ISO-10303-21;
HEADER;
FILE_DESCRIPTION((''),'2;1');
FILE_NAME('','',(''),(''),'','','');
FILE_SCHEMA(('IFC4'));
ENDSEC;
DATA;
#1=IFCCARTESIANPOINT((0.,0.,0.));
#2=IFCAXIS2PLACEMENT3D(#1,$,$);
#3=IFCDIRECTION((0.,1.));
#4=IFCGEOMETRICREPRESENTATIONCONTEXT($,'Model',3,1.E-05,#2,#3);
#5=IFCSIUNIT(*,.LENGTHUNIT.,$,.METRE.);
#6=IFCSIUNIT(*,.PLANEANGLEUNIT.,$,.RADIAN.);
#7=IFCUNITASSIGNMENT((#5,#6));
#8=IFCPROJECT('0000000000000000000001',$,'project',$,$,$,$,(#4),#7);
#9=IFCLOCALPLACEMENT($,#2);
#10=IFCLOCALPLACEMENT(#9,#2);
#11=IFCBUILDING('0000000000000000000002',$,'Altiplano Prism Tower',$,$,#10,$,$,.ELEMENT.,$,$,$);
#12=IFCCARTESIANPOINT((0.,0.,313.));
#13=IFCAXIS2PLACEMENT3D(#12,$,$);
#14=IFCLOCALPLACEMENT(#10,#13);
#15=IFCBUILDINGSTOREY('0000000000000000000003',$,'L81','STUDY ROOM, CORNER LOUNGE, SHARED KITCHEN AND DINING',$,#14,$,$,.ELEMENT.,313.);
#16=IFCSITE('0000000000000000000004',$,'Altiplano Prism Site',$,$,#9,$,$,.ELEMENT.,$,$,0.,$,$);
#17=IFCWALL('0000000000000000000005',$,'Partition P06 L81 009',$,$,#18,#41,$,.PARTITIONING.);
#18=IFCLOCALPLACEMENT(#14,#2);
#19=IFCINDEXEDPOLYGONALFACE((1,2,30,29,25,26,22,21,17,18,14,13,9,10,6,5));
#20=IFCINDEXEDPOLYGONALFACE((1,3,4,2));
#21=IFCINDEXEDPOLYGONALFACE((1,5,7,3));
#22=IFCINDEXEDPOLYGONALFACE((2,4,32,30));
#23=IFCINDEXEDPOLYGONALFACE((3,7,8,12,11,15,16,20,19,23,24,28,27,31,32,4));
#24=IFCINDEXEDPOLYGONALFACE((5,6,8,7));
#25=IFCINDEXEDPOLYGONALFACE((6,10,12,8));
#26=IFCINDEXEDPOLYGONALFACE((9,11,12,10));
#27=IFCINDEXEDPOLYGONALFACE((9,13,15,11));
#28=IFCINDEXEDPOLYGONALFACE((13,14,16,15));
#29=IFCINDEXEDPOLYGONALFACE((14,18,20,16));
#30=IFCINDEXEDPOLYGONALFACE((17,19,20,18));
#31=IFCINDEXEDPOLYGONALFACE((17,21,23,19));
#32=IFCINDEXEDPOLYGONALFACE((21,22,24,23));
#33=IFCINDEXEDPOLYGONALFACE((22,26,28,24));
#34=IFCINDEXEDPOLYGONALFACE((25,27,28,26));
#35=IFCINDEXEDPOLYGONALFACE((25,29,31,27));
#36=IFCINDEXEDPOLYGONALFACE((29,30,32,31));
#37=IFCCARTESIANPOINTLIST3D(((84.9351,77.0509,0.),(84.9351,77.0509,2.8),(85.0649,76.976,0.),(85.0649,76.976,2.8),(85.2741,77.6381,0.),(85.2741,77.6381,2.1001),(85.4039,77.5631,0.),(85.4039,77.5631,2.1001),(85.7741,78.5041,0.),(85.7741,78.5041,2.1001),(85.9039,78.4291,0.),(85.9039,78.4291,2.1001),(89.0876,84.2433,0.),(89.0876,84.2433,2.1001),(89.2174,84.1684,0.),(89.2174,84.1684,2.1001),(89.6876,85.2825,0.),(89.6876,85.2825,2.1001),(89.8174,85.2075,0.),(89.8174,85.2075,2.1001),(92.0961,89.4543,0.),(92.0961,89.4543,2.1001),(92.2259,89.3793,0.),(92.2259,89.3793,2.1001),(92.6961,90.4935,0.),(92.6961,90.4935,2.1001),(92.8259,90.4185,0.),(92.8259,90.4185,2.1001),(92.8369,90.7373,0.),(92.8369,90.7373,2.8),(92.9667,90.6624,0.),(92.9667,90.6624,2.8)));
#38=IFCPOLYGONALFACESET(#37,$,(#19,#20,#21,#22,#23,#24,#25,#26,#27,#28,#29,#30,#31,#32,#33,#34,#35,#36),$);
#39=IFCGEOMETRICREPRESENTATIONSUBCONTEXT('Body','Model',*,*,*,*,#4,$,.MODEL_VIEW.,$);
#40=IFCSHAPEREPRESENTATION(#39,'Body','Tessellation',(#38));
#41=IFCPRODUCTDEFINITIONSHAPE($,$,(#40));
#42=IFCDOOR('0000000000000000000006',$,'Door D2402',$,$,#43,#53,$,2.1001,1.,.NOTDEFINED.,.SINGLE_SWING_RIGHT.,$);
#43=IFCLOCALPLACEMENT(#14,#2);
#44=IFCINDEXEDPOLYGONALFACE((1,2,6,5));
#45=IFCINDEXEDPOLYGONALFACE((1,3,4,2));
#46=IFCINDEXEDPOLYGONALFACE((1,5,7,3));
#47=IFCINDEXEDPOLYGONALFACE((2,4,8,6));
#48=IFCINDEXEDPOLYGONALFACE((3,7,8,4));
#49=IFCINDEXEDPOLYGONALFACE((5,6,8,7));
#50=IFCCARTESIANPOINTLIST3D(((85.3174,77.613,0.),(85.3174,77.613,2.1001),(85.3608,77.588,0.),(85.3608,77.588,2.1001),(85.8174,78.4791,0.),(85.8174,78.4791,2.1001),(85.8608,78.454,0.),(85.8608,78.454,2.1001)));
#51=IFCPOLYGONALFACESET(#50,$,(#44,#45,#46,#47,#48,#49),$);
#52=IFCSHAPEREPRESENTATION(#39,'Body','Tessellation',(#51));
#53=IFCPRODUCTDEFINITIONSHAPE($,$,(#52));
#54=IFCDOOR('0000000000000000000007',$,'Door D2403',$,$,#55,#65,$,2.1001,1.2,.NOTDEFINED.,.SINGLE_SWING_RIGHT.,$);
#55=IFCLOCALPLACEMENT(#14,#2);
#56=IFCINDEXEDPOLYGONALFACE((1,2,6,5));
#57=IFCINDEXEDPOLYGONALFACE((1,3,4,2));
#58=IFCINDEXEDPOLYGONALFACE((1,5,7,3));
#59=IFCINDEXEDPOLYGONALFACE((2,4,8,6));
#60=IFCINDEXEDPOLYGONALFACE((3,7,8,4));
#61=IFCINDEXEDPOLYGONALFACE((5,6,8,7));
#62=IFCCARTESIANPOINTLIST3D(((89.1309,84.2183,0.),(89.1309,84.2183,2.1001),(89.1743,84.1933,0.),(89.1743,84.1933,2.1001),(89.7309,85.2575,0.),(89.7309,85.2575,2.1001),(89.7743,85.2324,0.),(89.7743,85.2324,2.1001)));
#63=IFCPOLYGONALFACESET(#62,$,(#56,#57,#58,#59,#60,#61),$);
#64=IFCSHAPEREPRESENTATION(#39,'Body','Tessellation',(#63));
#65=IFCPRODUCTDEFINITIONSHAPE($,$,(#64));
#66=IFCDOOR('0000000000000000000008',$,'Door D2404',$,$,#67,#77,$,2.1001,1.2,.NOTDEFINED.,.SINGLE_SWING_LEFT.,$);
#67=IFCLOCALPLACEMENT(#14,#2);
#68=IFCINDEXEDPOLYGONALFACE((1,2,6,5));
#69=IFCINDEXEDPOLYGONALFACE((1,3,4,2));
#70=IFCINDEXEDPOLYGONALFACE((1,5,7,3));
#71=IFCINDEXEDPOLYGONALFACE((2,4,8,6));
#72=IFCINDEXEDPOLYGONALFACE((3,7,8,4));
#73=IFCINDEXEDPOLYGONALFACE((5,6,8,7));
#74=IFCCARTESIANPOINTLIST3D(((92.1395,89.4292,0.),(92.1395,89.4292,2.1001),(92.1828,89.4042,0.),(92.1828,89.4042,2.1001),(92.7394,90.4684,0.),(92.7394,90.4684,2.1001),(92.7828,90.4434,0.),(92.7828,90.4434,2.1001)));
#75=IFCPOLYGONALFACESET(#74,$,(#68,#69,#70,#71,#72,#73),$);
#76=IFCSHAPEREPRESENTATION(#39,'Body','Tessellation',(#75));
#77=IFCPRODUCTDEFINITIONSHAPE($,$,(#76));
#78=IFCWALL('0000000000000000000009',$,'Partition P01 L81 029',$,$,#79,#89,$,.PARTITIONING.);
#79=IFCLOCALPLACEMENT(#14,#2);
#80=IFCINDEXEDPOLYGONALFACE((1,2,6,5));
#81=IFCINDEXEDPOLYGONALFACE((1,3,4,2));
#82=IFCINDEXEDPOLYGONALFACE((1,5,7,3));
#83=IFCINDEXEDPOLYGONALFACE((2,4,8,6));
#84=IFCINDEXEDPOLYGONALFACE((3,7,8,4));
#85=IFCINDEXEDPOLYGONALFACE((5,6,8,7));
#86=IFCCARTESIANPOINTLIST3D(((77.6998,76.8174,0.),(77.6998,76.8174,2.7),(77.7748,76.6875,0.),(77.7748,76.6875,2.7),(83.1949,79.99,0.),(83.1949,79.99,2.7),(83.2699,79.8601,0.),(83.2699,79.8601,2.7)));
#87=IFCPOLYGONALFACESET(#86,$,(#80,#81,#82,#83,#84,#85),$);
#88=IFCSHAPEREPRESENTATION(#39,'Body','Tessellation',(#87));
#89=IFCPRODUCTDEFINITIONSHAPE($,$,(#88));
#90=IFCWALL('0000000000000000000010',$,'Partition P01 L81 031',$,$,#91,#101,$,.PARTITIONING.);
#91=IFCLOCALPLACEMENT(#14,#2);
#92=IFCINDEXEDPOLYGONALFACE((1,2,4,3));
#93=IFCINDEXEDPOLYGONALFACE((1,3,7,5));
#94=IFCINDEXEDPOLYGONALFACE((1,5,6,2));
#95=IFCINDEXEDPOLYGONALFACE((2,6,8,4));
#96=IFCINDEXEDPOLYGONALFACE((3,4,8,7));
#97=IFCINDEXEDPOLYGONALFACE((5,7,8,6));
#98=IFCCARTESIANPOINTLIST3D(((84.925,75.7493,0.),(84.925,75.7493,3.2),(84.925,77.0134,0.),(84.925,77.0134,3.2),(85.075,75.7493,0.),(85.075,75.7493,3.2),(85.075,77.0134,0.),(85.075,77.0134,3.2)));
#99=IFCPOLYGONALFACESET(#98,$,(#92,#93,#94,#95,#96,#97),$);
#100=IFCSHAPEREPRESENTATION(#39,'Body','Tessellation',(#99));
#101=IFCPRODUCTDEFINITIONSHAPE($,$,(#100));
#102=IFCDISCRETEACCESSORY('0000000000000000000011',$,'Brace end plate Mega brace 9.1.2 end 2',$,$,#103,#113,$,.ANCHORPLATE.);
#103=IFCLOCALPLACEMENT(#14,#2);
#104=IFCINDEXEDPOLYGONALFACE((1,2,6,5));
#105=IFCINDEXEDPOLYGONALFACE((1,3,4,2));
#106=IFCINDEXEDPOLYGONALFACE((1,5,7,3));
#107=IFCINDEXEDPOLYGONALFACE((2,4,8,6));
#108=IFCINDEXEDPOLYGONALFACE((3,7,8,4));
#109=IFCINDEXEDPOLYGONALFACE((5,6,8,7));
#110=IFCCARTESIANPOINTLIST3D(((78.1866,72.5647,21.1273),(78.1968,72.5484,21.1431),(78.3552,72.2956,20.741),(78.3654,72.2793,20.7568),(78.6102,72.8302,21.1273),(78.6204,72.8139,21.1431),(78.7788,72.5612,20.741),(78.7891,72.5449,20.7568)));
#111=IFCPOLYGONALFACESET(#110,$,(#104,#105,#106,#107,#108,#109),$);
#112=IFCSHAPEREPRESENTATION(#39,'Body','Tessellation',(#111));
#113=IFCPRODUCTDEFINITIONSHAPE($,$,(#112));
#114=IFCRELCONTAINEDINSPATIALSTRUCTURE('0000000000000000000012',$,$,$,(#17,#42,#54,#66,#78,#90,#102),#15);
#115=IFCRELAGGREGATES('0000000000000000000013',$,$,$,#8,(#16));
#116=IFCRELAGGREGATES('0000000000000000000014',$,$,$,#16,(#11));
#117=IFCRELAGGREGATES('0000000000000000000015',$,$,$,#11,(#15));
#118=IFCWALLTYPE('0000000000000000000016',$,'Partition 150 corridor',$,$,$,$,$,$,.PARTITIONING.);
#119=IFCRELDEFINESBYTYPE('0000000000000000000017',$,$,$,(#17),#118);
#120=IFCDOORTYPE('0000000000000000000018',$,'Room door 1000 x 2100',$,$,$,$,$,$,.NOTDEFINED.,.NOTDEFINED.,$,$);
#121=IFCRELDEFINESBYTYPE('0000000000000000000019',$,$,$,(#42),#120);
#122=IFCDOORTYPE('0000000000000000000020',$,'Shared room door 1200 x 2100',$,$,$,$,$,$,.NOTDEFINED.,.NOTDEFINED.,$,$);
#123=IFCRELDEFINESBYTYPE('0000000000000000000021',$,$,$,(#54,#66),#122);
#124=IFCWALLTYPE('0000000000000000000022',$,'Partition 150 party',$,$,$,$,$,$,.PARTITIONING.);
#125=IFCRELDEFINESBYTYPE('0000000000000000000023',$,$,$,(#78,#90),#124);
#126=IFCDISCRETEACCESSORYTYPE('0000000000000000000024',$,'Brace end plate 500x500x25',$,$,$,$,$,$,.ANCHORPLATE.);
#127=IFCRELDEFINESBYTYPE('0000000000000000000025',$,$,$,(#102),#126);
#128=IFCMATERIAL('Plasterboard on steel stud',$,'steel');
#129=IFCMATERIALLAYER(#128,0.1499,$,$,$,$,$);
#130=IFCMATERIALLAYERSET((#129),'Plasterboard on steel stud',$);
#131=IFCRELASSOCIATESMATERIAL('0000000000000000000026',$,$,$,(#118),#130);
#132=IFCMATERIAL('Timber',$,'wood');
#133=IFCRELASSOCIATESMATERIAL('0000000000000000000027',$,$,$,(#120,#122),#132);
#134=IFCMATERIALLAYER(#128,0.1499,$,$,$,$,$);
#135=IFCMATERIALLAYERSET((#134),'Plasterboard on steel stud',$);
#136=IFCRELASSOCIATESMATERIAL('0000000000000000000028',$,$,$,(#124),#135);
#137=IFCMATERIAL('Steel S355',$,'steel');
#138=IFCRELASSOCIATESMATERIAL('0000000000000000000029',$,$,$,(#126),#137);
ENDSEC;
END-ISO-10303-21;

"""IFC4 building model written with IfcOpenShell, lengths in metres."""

from ifc_helpers import new_model, si_unit, direction, frame, frame_2d, origin, origin_2d, place, context, subcontext, project, spatial, rectangle, extrude, material, layer, layer_set, material_profile, profile_set, type_object, element, fill, save


model = new_model("IFC4")

# Units and contexts
model_context = context("Model", 3, precision=1e-05, world=origin(), true_north=direction((0.0, 1.0)))
body_context = subcontext(model_context, "Body", "Model", "MODEL_VIEW")
ifc_project = project(units=[si_unit("LENGTHUNIT", "METRE"), si_unit("PLANEANGLEUNIT", "RADIAN")], contexts=[model_context])

# Site, building, storey
site_placement = place(None, origin())
site = spatial("IfcSite", under=ifc_project, at=site_placement, Name="Altiplano Prism Site", CompositionType="ELEMENT", RefElevation=0.0)
building_placement = place(site_placement, origin())
building = spatial("IfcBuilding", under=site, at=building_placement, Name="Altiplano Prism Tower", CompositionType="ELEMENT")
storey_placement = place(building_placement, frame((0.0, 0.0, 313.0)))
storey = spatial("IfcBuildingStorey", under=building, at=storey_placement, Name="L81", Description="STUDY ROOM, CORNER LOUNGE, SHARED KITCHEN AND DINING", CompositionType="ELEMENT", Elevation=313.0)

# Shared definitions
ifc_material_1 = material(Name="Steel S355", Category="steel")

# Shared definitions
ifc_material_2 = material(Name="Plasterboard on steel stud", Category="steel")
ifc_material_3 = material(Name="Timber", Category="wood")

# Shared definitions
ifc_layer_1 = layer(ifc_material_2, 0.1499)
ifc_layer_set_1 = layer_set([ifc_layer_1], Name="Plasterboard on steel stud")
wall_type_1 = type_object("IfcWallType", Name="Partition 150 corridor", PredefinedType="PARTITIONING", material=ifc_layer_set_1)

# Wall, openings, doors
wall_1_placement = place(storey_placement, frame((85.0, 77.0134, 0.0), z_axis=(0.0, 0.0, 1.0), x_axis=(0.499997, 0.866027, 0.0)))
wall_1 = element("IfcWall", 1, at=wall_1_placement, inside=storey, type_object=wall_type_1, Name="Partition P06 L81 009", PredefinedType="PARTITIONING", context=body_context, shape_type="SweptSolid", body=[
    extrude(rectangle(XDim=15.8037, YDim=0.1499, at=frame_2d((7.9019, 0.0))), origin(), (0.0, 0.0, 1.0), 2.8),
])
opening_1_placement = place(wall_1_placement, frame((0.678, 0.0, 0.0)))
opening_1 = element("IfcOpeningElement", 2, at=opening_1_placement, cuts=wall_1, PredefinedType="OPENING", context=body_context, shape_type="SweptSolid", body=[
    extrude(rectangle(XDim=1.0, YDim=2.1001, at=frame_2d((0.5, 1.05))), frame((0.0, 0.0854, 0.0), z_axis=(0.0, -1.0, 0.0), x_axis=(1.0, 0.0, 0.0)), (0.0, 0.0, 1.0), 0.1709),
])
opening_2_placement = place(wall_1_placement, frame((8.3049, 0.0, 0.0)))
opening_2 = element("IfcOpeningElement", 3, at=opening_2_placement, cuts=wall_1, PredefinedType="OPENING", context=body_context, shape_type="SweptSolid", body=[
    extrude(rectangle(XDim=1.2, YDim=2.1001, at=frame_2d((0.6001, 1.05))), frame((0.0, 0.0854, 0.0), z_axis=(0.0, -1.0, 0.0), x_axis=(1.0, 0.0, 0.0)), (0.0, 0.0, 1.0), 0.1709),
])
opening_3_placement = place(wall_1_placement, frame((14.322, 0.0, 0.0)))
opening_3 = element("IfcOpeningElement", 4, at=opening_3_placement, cuts=wall_1, PredefinedType="OPENING", context=body_context, shape_type="SweptSolid", body=[
    extrude(rectangle(XDim=1.2, YDim=2.1001, at=frame_2d((0.6001, 1.05))), frame((0.0, 0.0854, 0.0), z_axis=(0.0, -1.0, 0.0), x_axis=(1.0, 0.0, 0.0)), (0.0, 0.0, 1.0), 0.1709),
])
door_type_1 = type_object("IfcDoorType", Name="Room door 1000 x 2100", OperationType="NOTDEFINED", PredefinedType="NOTDEFINED", material=ifc_material_3)
door_1_placement = place(opening_1_placement, origin())
door_1 = element("IfcDoor", 5, at=door_1_placement, inside=storey, type_object=door_type_1, Name="Door D2402", OperationType="SINGLE_SWING_RIGHT", OverallHeight=2.1001, OverallWidth=1.0, PredefinedType="NOTDEFINED", context=body_context, shape_type="SweptSolid", body=[
    extrude(rectangle(XDim=1.0, YDim=2.1001, at=frame_2d((0.5, 1.05))), frame((0.0, 0.0249, 0.0), z_axis=(0.0, -1.0, 0.0), x_axis=(1.0, 0.0, 0.0)), (0.0, 0.0, 1.0), 0.05),
])
fill(opening_1, door_1)
door_type_2 = type_object("IfcDoorType", Name="Shared room door 1200 x 2100", OperationType="NOTDEFINED", PredefinedType="NOTDEFINED", material=ifc_material_3)
door_2_placement = place(opening_2_placement, origin())
door_2 = element("IfcDoor", 6, at=door_2_placement, inside=storey, type_object=door_type_2, Name="Door D2403", OperationType="SINGLE_SWING_RIGHT", OverallHeight=2.1001, OverallWidth=1.2, PredefinedType="NOTDEFINED", context=body_context, shape_type="SweptSolid", body=[
    extrude(rectangle(XDim=1.2, YDim=2.1001, at=frame_2d((0.6001, 1.05))), frame((0.0, 0.0249, 0.0), z_axis=(0.0, -1.0, 0.0), x_axis=(1.0, 0.0, 0.0)), (0.0, 0.0, 1.0), 0.05),
])
fill(opening_2, door_2)
door_3_placement = place(opening_3_placement, origin())
door_3 = element("IfcDoor", 7, at=door_3_placement, inside=storey, type_object=door_type_2, Name="Door D2404", OperationType="SINGLE_SWING_LEFT", OverallHeight=2.1001, OverallWidth=1.2, PredefinedType="NOTDEFINED", context=body_context, shape_type="SweptSolid", body=[
    extrude(rectangle(XDim=1.2, YDim=2.1001, at=frame_2d((0.6001, 1.05))), frame((0.0, 0.0249, 0.0), z_axis=(0.0, -1.0, 0.0), x_axis=(1.0, 0.0, 0.0)), (0.0, 0.0, 1.0), 0.05),
])
fill(opening_3, door_3)

# Walls
ifc_layer_2 = layer(ifc_material_2, 0.1499)
ifc_layer_set_2 = layer_set([ifc_layer_2], Name="Plasterboard on steel stud")
wall_type_2 = type_object("IfcWallType", Name="Partition 150 party", PredefinedType="PARTITIONING", material=ifc_layer_set_2)
wall_2_placement = place(storey_placement, frame((77.7373, 76.7524, 0.0), z_axis=(0.0, 0.0, 1.0), x_axis=(0.866025, 0.5, 0.0)))
element("IfcWall", 8, at=wall_2_placement, inside=storey, type_object=wall_type_2, Name="Partition P01 L81 029", PredefinedType="PARTITIONING", context=body_context, shape_type="SweptSolid", body=[
    extrude(rectangle(XDim=6.3452, YDim=0.1499, at=frame_2d((3.1726, 0.0))), origin(), (0.0, 0.0, 1.0), 2.7),
])
wall_3_placement = place(storey_placement, frame((85.0, 75.7493, 0.0), z_axis=(0.0, 0.0, 1.0), x_axis=(0.0, 1.0, 0.0)))
element("IfcWall", 9, at=wall_3_placement, inside=storey, type_object=wall_type_2, Name="Partition P01 L81 031", PredefinedType="PARTITIONING", context=body_context, shape_type="SweptSolid", body=[
    extrude(rectangle(XDim=1.2642, YDim=0.1499, at=frame_2d((0.6321, 0.0))), origin(), (0.0, 0.0, 1.0), 3.2),
])

# Discrete accessory
ifc_material_profile_1 = material_profile(ifc_material_1, rectangle(XDim=0.5, YDim=0.5, at=origin_2d()), Name="Brace end plate 500x500x25")
ifc_profile_set_1 = profile_set([ifc_material_profile_1], Name="Steel S355")
discrete_accessory_type = type_object("IfcDiscreteAccessoryType", Name="Brace end plate 500x500x25", PredefinedType="ANCHORPLATE", material=ifc_profile_set_1)
discrete_accessory_placement = place(storey_placement, frame((78.4929, 72.5466, 20.95), z_axis=(-0.410308, 0.654539, -0.635001), x_axis=(-0.847287, -0.531135, 0.0)))
element("IfcDiscreteAccessory", 10, at=discrete_accessory_placement, inside=storey, type_object=discrete_accessory_type, Name="Brace end plate Mega brace 9.1.2 end 2", PredefinedType="ANCHORPLATE", context=body_context, shape_type="SweptSolid", body=[
    extrude(rectangle(XDim=0.5, YDim=0.5, at=origin_2d()), origin(), (0.0, 0.0, 1.0), 0.0249),
])

save(model, "model.ifc")
